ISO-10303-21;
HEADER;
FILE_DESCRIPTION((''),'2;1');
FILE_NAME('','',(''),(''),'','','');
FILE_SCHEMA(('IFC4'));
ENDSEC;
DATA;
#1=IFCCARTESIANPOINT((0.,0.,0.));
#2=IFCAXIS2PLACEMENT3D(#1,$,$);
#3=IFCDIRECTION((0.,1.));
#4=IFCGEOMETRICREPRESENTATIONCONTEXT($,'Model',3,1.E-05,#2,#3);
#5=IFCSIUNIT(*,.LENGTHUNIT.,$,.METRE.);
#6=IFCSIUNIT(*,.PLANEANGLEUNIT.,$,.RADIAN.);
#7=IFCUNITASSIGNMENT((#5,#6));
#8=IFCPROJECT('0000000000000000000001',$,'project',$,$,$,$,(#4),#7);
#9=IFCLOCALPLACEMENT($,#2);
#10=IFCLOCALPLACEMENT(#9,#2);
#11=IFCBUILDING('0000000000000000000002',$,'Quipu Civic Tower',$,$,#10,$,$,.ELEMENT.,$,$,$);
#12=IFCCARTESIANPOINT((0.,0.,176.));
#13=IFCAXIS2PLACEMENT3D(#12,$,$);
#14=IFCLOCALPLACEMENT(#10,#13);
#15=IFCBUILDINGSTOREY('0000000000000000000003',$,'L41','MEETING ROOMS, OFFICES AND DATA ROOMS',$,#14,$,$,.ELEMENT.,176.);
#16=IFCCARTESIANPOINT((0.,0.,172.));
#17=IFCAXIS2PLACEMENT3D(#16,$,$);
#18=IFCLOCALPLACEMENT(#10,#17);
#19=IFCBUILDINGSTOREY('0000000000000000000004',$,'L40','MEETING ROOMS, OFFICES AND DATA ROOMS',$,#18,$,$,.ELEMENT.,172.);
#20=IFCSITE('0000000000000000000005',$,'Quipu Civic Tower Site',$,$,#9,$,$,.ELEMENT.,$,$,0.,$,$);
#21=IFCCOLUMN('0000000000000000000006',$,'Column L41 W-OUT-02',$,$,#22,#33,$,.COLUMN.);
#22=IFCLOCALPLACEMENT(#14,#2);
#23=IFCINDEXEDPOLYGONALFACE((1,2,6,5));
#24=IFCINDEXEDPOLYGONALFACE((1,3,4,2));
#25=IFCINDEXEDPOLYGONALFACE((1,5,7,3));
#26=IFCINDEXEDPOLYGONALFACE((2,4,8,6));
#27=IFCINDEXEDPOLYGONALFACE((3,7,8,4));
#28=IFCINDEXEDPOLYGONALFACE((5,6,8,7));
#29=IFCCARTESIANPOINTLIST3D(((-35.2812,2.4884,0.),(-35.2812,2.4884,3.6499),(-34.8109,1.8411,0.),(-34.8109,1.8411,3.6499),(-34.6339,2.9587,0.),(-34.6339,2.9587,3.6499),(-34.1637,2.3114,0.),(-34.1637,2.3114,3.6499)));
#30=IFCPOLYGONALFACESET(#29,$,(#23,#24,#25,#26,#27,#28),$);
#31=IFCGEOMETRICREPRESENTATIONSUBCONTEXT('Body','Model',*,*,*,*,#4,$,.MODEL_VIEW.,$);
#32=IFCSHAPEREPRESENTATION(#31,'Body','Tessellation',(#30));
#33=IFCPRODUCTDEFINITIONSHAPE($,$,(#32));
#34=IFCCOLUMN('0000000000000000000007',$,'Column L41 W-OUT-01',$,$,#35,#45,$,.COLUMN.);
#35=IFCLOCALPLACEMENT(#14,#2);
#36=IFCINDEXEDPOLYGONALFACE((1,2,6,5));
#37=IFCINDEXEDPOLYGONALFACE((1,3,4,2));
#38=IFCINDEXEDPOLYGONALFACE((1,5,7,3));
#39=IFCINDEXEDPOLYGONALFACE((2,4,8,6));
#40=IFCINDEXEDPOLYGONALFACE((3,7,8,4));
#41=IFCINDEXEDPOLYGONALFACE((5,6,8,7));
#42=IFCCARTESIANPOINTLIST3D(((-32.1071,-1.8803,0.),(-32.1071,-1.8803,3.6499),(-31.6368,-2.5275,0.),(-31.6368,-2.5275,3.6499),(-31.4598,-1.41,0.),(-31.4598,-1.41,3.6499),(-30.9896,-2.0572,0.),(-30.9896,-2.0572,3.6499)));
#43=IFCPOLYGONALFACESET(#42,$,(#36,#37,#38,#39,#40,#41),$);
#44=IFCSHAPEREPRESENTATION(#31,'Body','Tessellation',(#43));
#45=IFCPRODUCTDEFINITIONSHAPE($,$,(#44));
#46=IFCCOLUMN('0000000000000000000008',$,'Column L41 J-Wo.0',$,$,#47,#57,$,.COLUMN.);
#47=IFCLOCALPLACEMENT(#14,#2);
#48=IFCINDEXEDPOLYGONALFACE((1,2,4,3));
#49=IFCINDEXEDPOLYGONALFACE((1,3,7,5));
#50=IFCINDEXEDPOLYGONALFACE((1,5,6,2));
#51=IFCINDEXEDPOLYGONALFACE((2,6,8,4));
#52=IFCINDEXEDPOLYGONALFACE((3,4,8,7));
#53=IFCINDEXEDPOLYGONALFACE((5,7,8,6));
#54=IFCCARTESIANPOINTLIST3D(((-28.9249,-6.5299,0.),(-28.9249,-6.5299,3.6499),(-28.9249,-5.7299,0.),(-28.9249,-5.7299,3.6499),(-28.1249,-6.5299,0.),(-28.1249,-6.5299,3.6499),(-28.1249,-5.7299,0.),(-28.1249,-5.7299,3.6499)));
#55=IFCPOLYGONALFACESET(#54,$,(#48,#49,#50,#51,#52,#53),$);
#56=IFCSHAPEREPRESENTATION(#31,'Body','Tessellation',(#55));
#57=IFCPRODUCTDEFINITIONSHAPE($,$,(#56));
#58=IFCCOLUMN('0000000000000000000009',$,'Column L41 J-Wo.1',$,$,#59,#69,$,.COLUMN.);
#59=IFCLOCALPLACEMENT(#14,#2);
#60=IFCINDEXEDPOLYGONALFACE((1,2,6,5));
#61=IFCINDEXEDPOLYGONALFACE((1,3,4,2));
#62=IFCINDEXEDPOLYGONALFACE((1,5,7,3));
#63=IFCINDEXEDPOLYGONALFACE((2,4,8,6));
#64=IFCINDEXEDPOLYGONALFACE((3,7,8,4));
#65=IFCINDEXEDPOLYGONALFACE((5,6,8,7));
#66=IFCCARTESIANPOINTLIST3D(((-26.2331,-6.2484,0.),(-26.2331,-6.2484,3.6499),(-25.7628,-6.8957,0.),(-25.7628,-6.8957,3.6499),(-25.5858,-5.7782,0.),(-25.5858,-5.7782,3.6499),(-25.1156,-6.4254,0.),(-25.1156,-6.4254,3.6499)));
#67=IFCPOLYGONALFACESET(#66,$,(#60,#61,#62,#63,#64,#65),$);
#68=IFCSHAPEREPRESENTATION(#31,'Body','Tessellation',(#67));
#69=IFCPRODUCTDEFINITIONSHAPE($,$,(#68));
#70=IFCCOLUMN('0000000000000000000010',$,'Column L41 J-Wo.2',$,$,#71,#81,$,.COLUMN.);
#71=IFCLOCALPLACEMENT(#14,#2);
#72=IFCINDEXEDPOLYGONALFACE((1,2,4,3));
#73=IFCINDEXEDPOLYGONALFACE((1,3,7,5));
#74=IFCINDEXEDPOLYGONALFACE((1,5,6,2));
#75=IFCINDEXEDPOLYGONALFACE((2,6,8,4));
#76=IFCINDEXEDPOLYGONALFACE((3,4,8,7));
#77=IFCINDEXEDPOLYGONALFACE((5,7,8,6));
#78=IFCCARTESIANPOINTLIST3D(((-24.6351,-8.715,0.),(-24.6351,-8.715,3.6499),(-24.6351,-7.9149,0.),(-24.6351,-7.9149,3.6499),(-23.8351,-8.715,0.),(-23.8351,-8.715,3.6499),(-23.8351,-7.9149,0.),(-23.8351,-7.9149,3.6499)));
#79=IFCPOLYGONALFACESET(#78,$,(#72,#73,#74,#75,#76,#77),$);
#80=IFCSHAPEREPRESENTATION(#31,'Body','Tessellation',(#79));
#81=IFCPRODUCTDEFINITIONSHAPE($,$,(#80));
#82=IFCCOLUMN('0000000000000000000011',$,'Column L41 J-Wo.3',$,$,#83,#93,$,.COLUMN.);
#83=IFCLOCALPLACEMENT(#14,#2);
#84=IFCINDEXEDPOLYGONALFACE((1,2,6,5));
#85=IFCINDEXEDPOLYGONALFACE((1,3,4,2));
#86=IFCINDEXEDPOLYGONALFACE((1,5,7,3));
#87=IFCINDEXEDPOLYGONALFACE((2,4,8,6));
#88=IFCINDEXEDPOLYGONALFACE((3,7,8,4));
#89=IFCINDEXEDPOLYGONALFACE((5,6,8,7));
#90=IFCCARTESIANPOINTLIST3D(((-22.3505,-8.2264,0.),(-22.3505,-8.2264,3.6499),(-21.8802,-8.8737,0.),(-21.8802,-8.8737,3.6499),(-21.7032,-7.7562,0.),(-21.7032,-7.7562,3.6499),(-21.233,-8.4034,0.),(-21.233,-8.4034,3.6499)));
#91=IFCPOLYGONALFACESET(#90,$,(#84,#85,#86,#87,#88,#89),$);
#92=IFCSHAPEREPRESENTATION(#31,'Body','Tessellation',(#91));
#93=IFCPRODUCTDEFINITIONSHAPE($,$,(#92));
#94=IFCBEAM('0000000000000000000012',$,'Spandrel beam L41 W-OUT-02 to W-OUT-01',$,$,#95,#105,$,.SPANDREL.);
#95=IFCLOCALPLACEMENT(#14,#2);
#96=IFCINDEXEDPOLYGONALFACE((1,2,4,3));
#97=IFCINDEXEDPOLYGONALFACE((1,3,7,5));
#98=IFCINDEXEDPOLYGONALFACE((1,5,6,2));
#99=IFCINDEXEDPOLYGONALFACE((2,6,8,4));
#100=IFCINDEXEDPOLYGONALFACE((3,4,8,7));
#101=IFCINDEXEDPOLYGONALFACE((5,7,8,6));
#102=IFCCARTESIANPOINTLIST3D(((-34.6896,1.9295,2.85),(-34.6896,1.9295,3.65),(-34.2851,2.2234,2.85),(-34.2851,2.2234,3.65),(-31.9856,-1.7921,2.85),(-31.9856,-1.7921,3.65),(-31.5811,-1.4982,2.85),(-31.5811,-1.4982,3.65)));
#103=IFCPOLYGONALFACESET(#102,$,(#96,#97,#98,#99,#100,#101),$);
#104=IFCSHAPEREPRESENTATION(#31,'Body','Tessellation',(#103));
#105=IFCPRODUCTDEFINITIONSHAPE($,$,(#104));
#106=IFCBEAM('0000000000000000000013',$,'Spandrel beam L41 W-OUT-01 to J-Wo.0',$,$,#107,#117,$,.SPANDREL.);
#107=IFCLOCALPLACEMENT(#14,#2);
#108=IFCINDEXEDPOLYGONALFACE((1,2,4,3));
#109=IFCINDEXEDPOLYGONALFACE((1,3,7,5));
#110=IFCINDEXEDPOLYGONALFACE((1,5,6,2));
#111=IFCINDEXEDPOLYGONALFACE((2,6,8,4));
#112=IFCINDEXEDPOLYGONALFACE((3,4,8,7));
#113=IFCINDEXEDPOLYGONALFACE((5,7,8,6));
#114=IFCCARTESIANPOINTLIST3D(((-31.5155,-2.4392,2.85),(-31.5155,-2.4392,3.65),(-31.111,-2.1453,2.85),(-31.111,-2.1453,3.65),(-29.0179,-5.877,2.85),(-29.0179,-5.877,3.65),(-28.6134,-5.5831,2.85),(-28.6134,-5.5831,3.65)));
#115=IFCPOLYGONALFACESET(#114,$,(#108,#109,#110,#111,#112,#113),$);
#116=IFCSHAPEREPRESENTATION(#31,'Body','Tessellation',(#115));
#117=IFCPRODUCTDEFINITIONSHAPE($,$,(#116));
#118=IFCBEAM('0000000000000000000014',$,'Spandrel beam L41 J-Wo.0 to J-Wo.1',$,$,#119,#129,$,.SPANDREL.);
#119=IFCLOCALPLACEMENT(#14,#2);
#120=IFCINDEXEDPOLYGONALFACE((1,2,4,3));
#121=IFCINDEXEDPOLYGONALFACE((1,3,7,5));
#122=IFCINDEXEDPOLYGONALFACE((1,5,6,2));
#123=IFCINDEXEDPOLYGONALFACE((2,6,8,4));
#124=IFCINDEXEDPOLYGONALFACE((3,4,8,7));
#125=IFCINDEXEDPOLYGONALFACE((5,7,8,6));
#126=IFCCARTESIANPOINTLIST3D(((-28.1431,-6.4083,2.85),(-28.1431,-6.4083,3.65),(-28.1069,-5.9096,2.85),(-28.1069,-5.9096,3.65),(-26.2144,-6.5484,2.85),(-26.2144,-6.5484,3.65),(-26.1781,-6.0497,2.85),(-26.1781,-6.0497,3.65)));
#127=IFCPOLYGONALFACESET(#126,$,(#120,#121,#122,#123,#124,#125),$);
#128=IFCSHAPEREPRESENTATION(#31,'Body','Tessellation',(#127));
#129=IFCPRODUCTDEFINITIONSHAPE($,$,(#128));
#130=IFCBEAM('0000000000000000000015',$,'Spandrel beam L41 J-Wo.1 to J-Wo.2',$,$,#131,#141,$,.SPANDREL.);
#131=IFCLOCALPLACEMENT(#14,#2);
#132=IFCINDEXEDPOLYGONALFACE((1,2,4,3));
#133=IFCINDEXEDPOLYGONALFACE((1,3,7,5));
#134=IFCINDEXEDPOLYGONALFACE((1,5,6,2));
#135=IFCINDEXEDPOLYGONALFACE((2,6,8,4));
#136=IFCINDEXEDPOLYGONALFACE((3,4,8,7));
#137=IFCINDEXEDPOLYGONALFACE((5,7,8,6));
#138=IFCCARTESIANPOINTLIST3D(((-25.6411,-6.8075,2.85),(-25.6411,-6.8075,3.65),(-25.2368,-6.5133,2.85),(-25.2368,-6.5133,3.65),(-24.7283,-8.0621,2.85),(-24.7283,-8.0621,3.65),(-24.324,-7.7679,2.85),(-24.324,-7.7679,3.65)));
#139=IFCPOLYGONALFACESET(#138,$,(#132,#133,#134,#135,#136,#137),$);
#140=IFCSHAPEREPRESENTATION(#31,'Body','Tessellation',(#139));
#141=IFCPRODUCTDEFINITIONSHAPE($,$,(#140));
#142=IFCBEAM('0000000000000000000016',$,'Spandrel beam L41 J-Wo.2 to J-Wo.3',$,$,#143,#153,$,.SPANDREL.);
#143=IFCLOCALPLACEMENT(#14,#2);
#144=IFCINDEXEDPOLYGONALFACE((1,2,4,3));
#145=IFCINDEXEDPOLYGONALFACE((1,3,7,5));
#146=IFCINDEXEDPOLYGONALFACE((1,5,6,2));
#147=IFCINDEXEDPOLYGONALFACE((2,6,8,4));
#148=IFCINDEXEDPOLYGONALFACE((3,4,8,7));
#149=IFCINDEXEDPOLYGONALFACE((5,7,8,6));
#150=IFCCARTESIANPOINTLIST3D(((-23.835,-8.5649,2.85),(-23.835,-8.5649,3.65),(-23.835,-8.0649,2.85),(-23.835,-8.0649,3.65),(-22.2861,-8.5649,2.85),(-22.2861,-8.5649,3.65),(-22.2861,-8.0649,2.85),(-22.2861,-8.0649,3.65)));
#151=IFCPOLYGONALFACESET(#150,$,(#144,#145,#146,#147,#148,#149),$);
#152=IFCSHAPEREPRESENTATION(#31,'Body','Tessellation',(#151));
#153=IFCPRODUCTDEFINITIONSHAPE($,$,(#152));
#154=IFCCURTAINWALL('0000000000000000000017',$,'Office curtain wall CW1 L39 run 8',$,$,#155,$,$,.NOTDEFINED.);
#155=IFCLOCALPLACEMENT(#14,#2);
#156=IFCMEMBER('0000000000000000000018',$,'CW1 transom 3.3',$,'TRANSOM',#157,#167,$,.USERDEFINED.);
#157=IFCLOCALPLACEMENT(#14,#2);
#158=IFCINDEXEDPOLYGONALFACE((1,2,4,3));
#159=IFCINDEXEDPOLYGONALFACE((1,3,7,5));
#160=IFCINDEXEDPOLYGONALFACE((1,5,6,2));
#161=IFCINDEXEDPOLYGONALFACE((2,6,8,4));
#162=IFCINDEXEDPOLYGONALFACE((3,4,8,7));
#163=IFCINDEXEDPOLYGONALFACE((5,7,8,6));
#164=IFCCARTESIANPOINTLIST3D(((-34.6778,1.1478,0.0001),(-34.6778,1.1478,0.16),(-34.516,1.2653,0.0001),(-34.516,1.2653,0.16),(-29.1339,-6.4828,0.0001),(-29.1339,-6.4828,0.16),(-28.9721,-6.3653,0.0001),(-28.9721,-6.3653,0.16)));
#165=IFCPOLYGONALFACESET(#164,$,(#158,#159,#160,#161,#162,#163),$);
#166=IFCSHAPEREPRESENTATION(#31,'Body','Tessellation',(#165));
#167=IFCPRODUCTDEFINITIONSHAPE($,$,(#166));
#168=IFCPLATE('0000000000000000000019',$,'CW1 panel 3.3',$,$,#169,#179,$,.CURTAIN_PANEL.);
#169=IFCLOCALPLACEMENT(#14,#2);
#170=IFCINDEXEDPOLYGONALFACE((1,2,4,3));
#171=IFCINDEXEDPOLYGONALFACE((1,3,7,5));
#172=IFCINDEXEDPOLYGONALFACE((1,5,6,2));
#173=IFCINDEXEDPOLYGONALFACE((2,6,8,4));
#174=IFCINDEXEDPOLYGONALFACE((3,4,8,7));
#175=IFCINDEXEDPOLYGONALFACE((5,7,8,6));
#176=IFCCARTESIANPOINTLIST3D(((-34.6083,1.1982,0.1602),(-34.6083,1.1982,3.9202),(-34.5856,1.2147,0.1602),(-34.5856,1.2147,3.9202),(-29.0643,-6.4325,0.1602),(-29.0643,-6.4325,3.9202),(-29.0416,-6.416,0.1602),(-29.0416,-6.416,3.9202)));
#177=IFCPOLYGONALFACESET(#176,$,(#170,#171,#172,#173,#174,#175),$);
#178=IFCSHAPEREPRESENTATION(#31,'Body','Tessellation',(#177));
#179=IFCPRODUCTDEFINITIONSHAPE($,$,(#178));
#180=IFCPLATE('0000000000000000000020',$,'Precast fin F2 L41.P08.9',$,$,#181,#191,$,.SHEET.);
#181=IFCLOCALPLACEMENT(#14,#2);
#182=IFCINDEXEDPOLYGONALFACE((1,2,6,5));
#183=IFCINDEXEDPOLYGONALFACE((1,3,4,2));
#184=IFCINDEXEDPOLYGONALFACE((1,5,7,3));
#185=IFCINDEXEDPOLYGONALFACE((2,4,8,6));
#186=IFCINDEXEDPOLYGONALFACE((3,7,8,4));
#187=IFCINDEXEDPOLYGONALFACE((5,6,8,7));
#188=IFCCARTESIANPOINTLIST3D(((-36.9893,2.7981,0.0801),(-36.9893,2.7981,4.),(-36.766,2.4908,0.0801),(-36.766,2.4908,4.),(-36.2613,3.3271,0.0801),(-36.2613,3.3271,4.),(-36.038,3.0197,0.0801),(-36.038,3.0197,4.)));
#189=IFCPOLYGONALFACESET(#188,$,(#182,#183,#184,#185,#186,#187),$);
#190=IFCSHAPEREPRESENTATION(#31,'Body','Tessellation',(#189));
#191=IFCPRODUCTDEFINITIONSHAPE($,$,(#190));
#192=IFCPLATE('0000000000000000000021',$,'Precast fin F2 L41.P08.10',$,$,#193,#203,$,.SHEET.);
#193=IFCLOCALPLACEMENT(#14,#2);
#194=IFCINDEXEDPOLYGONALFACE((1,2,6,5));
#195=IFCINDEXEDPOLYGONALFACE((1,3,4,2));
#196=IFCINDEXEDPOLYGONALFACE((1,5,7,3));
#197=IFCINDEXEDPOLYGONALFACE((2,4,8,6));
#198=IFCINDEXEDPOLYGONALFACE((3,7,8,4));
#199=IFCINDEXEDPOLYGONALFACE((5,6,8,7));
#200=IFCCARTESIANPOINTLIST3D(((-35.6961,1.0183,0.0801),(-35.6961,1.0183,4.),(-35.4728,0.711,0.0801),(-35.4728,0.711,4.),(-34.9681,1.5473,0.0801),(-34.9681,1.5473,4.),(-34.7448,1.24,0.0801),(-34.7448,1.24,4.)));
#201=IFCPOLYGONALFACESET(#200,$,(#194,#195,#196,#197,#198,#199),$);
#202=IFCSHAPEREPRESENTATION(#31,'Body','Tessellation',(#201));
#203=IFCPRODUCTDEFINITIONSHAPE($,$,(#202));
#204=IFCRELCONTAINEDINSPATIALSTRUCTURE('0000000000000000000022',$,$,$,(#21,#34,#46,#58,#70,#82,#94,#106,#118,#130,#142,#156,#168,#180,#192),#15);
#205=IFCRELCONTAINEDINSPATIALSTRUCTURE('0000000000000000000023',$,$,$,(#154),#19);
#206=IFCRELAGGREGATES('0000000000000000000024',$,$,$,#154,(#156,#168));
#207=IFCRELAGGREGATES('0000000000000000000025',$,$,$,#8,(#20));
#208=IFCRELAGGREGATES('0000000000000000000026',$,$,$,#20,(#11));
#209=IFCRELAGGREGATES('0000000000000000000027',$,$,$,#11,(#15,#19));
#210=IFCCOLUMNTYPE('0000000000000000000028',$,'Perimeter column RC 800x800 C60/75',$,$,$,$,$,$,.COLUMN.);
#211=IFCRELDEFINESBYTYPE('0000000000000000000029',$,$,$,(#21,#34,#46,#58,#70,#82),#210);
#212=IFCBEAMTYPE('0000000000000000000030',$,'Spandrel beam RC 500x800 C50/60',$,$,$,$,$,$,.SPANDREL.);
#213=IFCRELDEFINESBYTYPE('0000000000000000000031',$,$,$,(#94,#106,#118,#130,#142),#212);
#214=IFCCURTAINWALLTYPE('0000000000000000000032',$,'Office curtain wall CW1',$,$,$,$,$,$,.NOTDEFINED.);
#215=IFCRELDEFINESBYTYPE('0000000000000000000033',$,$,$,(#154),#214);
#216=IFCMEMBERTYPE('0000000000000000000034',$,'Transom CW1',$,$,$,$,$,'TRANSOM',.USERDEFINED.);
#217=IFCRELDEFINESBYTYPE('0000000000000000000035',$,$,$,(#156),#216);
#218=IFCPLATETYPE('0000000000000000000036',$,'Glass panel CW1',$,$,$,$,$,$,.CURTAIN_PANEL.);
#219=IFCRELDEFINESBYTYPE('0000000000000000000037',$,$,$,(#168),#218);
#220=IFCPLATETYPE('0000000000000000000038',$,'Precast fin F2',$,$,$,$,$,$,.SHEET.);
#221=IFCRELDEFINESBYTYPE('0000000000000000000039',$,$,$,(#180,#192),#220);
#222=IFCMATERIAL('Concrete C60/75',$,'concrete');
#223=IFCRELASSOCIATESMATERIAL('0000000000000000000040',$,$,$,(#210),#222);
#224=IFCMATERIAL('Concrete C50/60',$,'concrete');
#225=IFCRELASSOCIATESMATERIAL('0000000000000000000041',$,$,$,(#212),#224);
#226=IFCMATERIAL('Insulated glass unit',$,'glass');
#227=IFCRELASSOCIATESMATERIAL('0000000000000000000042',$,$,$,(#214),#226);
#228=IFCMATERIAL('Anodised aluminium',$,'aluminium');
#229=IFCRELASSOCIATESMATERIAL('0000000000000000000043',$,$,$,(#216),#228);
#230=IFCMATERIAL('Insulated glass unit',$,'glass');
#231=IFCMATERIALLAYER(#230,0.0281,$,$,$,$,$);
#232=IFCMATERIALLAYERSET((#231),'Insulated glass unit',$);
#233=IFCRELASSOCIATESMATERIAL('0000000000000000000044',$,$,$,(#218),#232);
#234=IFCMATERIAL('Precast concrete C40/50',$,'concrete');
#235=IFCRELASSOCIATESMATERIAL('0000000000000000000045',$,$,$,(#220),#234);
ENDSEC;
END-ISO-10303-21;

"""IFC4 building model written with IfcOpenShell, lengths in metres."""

from ifc_helpers import new_model, si_unit, direction, frame, origin, origin_2d, place, context, subcontext, project, spatial, rectangle, extrude, material, layer, layer_set, material_profile, profile_set, type_object, element, aggregate, save


model = new_model("IFC4")

# Units and contexts
model_context = context("Model", 3, precision=1e-05, world=origin(), true_north=direction((0.0, 1.0)))
body_context = subcontext(model_context, "Body", "Model", "MODEL_VIEW")
ifc_project = project(units=[si_unit("LENGTHUNIT", "METRE"), si_unit("PLANEANGLEUNIT", "RADIAN")], contexts=[model_context])

# Site, building, storey
site_placement = place(None, origin())
site = spatial("IfcSite", under=ifc_project, at=site_placement, Name="Quipu Civic Tower Site", CompositionType="ELEMENT", RefElevation=0.0)
building_placement = place(site_placement, origin())
building = spatial("IfcBuilding", under=site, at=building_placement, Name="Quipu Civic Tower", CompositionType="ELEMENT")
storey_1_placement = place(building_placement, frame((0.0, 0.0, 176.0)))
storey_1 = spatial("IfcBuildingStorey", under=building, at=storey_1_placement, Name="L41", Description="MEETING ROOMS, OFFICES AND DATA ROOMS", CompositionType="ELEMENT", Elevation=176.0)

# Columns
ifc_material_1 = material(Name="Concrete C60/75", Category="concrete")
ifc_material_profile_1 = material_profile(ifc_material_1, rectangle(XDim=0.8, YDim=0.8, at=origin_2d()), Name="RC800x800")
ifc_profile_set_1 = profile_set([ifc_material_profile_1], Name="Concrete C60/75")
column_type = type_object("IfcColumnType", Name="Perimeter column RC 800x800 C60/75", PredefinedType="COLUMN", material=ifc_profile_set_1)
for number, where, z_axis, x_axis, name in (
    (1, (-34.7224, 2.3999, 0.0), (0.0, 0.0, 1.0), (0.587785, -0.809017, 0.0), "Column L41 W-OUT-02"),
    (2, (-31.5483, -1.9688, 0.0), (0.0, 0.0, 1.0), (0.587785, -0.809017, 0.0), "Column L41 W-OUT-01"),
    (3, (-28.5249, -6.1299, 0.0), (0.0, 0.0, 1.0), (1.0, 0.0, 0.0), "Column L41 J-Wo.0"),
    (4, (-25.6743, -6.3369, 0.0), (0.0, 0.0, 1.0), (0.587785, -0.809017, 0.0), "Column L41 J-Wo.1"),
    (5, (-24.2351, -8.3149, 0.0), (0.0, 0.0, 1.0), (1.0, 0.0, 0.0), "Column L41 J-Wo.2"),
    (6, (-21.7917, -8.3149, 0.0), (0.0, 0.0, 1.0), (0.587785, -0.809017, 0.0), "Column L41 J-Wo.3"),
):
    element("IfcColumn", number, at=place(storey_1_placement, frame(where, z_axis=z_axis, x_axis=x_axis)), inside=storey_1, type_object=column_type, Name=name, PredefinedType="COLUMN", context=body_context, shape_type="SweptSolid", body=[
        extrude(rectangle(XDim=0.8, YDim=0.8, at=origin_2d()), origin(), (0.0, 0.0, 1.0), 3.6499),
    ])

# Beams
ifc_material_2 = material(Name="Concrete C50/60", Category="concrete")
ifc_material_profile_2 = material_profile(ifc_material_2, rectangle(XDim=0.5, YDim=0.8, at=origin_2d()), Name="RC500x800")
ifc_profile_set_2 = profile_set([ifc_material_profile_2], Name="Concrete C50/60")
beam_type = type_object("IfcBeamType", Name="Spandrel beam RC 500x800 C50/60", PredefinedType="SPANDREL", material=ifc_profile_set_2)
beam_1_placement = place(storey_1_placement, frame((-34.4873, 2.0764, 3.25), z_axis=(0.587796, -0.809009, 0.0), x_axis=(0.809009, 0.587796, 0.0)))
element("IfcBeam", 7, at=beam_1_placement, inside=storey_1, type_object=beam_type, Name="Spandrel beam L41 W-OUT-02 to W-OUT-01", PredefinedType="SPANDREL", context=body_context, shape_type="SweptSolid", body=[
    extrude(rectangle(XDim=0.5, YDim=0.8, at=origin_2d()), origin(), (0.0, 0.0, 1.0), 4.6001),
])
beam_2_placement = place(storey_1_placement, frame((-31.3132, -2.2922, 3.25), z_axis=(0.587769, -0.809029, 0.0), x_axis=(0.809029, 0.587769, 0.0)))
element("IfcBeam", 8, at=beam_2_placement, inside=storey_1, type_object=beam_type, Name="Spandrel beam L41 W-OUT-01 to J-Wo.0", PredefinedType="SPANDREL", context=body_context, shape_type="SweptSolid", body=[
    extrude(rectangle(XDim=0.5, YDim=0.8, at=origin_2d()), origin(), (0.0, 0.0, 1.0), 4.2493),
])
beam_3_placement = place(storey_1_placement, frame((-28.125, -6.1589, 3.25), z_axis=(0.997371, -0.072467, 0.0), x_axis=(0.072467, 0.997371, 0.0)))
element("IfcBeam", 9, at=beam_3_placement, inside=storey_1, type_object=beam_type, Name="Spandrel beam L41 J-Wo.0 to J-Wo.1", PredefinedType="SPANDREL", context=body_context, shape_type="SweptSolid", body=[
    extrude(rectangle(XDim=0.5, YDim=0.8, at=origin_2d()), origin(), (0.0, 0.0, 1.0), 1.9338),
])
beam_4_placement = place(storey_1_placement, frame((-25.439, -6.6604, 3.25), z_axis=(0.588331, -0.80862, 0.0), x_axis=(0.80862, 0.588331, 0.0)))
element("IfcBeam", 10, at=beam_4_placement, inside=storey_1, type_object=beam_type, Name="Spandrel beam L41 J-Wo.1 to J-Wo.2", PredefinedType="SPANDREL", context=body_context, shape_type="SweptSolid", body=[
    extrude(rectangle(XDim=0.5, YDim=0.8, at=origin_2d()), origin(), (0.0, 0.0, 1.0), 1.5515),
])
beam_5_placement = place(storey_1_placement, frame((-23.835, -8.3149, 3.25), z_axis=(1.0, 0.0, 0.0), x_axis=(0.0, 1.0, 0.0)))
element("IfcBeam", 11, at=beam_5_placement, inside=storey_1, type_object=beam_type, Name="Spandrel beam L41 J-Wo.2 to J-Wo.3", PredefinedType="SPANDREL", context=body_context, shape_type="SweptSolid", body=[
    extrude(rectangle(XDim=0.5, YDim=0.8, at=origin_2d()), origin(), (0.0, 0.0, 1.0), 1.5488),
])

# Shared definitions
storey_2_placement = place(building_placement, frame((0.0, 0.0, 172.0)))
storey_2 = spatial("IfcBuildingStorey", under=building, at=storey_2_placement, Name="L40", Description="MEETING ROOMS, OFFICES AND DATA ROOMS", CompositionType="ELEMENT", Elevation=172.0)

# Curtain wall, member, plate
ifc_material_3 = material(Name="Insulated glass unit", Category="glass")
curtain_wall_type = type_object("IfcCurtainWallType", Name="Office curtain wall CW1", PredefinedType="NOTDEFINED", material=ifc_material_3)
curtain_wall_placement = place(storey_2_placement, origin())
curtain_wall = element("IfcCurtainWall", 12, at=curtain_wall_placement, inside=storey_2, type_object=curtain_wall_type, Name="Office curtain wall CW1 L39 run 8", PredefinedType="NOTDEFINED")
ifc_material_4 = material(Name="Anodised aluminium", Category="aluminium")
ifc_material_profile_3 = material_profile(ifc_material_4, rectangle(XDim=0.2, YDim=0.1599, at=origin_2d()), Name="RECT 200x160")
ifc_profile_set_3 = profile_set([ifc_material_profile_3], Name="Anodised aluminium")
member_type = type_object("IfcMemberType", Name="Transom CW1", ElementType="TRANSOM", PredefinedType="USERDEFINED", material=ifc_profile_set_3)
member_placement = place(storey_1_placement, frame((-34.5969, 1.2065, 0.0801), z_axis=(0.587784, -0.809018, 0.0), x_axis=(0.809018, 0.587784, 0.0)))
member = element("IfcMember", 13, at=member_placement, inside=storey_1, type_object=member_type, Name="CW1 transom 3.3", ObjectType="TRANSOM", PredefinedType="USERDEFINED", context=body_context, shape_type="SweptSolid", body=[
    extrude(rectangle(XDim=0.2, YDim=0.1599, at=origin_2d()), origin(), (0.0, 0.0, 1.0), 9.4319),
])
ifc_material_5 = material(Name="Insulated glass unit", Category="glass")
ifc_layer = layer(ifc_material_5, 0.0281)
ifc_layer_set = layer_set([ifc_layer], Name="Insulated glass unit")
plate_type_1 = type_object("IfcPlateType", Name="Glass panel CW1", PredefinedType="CURTAIN_PANEL", material=ifc_layer_set)
plate_placement = place(storey_1_placement, frame((-31.825, -2.6089, 0.1602), z_axis=(0.0, 0.0, 1.0), x_axis=(0.587786, -0.809017, 0.0)))
plate = element("IfcPlate", 14, at=plate_placement, inside=storey_1, type_object=plate_type_1, Name="CW1 panel 3.3", PredefinedType="CURTAIN_PANEL", context=body_context, shape_type="SweptSolid", body=[
    extrude(rectangle(XDim=9.4321, YDim=0.0281, at=origin_2d()), origin(), (0.0, 0.0, 1.0), 3.76),
])
aggregate(curtain_wall, [member, plate])

# Plates
ifc_material_6 = material(Name="Precast concrete C40/50", Category="concrete")
plate_type_2 = type_object("IfcPlateType", Name="Precast fin F2", PredefinedType="SHEET", material=ifc_material_6)
for number, where, z_axis, x_axis, name in (
    (15, (-36.5137, 2.9089, 0.0801), (0.0, 0.0, 1.0), (0.587786, -0.809017, 0.0), "Precast fin F2 L41.P08.9"),
    (16, (-35.2205, 1.1292, 0.0801), (0.0, 0.0, 1.0), (0.587786, -0.809017, 0.0), "Precast fin F2 L41.P08.10"),
):
    element("IfcPlate", number, at=place(storey_1_placement, frame(where, z_axis=z_axis, x_axis=x_axis)), inside=storey_1, type_object=plate_type_2, Name=name, PredefinedType="SHEET", context=body_context, shape_type="SweptSolid", body=[
        extrude(rectangle(XDim=0.3799, YDim=0.8999, at=origin_2d()), origin(), (0.0, 0.0, 1.0), 3.9199),
    ])

save(model, "model.ifc")
